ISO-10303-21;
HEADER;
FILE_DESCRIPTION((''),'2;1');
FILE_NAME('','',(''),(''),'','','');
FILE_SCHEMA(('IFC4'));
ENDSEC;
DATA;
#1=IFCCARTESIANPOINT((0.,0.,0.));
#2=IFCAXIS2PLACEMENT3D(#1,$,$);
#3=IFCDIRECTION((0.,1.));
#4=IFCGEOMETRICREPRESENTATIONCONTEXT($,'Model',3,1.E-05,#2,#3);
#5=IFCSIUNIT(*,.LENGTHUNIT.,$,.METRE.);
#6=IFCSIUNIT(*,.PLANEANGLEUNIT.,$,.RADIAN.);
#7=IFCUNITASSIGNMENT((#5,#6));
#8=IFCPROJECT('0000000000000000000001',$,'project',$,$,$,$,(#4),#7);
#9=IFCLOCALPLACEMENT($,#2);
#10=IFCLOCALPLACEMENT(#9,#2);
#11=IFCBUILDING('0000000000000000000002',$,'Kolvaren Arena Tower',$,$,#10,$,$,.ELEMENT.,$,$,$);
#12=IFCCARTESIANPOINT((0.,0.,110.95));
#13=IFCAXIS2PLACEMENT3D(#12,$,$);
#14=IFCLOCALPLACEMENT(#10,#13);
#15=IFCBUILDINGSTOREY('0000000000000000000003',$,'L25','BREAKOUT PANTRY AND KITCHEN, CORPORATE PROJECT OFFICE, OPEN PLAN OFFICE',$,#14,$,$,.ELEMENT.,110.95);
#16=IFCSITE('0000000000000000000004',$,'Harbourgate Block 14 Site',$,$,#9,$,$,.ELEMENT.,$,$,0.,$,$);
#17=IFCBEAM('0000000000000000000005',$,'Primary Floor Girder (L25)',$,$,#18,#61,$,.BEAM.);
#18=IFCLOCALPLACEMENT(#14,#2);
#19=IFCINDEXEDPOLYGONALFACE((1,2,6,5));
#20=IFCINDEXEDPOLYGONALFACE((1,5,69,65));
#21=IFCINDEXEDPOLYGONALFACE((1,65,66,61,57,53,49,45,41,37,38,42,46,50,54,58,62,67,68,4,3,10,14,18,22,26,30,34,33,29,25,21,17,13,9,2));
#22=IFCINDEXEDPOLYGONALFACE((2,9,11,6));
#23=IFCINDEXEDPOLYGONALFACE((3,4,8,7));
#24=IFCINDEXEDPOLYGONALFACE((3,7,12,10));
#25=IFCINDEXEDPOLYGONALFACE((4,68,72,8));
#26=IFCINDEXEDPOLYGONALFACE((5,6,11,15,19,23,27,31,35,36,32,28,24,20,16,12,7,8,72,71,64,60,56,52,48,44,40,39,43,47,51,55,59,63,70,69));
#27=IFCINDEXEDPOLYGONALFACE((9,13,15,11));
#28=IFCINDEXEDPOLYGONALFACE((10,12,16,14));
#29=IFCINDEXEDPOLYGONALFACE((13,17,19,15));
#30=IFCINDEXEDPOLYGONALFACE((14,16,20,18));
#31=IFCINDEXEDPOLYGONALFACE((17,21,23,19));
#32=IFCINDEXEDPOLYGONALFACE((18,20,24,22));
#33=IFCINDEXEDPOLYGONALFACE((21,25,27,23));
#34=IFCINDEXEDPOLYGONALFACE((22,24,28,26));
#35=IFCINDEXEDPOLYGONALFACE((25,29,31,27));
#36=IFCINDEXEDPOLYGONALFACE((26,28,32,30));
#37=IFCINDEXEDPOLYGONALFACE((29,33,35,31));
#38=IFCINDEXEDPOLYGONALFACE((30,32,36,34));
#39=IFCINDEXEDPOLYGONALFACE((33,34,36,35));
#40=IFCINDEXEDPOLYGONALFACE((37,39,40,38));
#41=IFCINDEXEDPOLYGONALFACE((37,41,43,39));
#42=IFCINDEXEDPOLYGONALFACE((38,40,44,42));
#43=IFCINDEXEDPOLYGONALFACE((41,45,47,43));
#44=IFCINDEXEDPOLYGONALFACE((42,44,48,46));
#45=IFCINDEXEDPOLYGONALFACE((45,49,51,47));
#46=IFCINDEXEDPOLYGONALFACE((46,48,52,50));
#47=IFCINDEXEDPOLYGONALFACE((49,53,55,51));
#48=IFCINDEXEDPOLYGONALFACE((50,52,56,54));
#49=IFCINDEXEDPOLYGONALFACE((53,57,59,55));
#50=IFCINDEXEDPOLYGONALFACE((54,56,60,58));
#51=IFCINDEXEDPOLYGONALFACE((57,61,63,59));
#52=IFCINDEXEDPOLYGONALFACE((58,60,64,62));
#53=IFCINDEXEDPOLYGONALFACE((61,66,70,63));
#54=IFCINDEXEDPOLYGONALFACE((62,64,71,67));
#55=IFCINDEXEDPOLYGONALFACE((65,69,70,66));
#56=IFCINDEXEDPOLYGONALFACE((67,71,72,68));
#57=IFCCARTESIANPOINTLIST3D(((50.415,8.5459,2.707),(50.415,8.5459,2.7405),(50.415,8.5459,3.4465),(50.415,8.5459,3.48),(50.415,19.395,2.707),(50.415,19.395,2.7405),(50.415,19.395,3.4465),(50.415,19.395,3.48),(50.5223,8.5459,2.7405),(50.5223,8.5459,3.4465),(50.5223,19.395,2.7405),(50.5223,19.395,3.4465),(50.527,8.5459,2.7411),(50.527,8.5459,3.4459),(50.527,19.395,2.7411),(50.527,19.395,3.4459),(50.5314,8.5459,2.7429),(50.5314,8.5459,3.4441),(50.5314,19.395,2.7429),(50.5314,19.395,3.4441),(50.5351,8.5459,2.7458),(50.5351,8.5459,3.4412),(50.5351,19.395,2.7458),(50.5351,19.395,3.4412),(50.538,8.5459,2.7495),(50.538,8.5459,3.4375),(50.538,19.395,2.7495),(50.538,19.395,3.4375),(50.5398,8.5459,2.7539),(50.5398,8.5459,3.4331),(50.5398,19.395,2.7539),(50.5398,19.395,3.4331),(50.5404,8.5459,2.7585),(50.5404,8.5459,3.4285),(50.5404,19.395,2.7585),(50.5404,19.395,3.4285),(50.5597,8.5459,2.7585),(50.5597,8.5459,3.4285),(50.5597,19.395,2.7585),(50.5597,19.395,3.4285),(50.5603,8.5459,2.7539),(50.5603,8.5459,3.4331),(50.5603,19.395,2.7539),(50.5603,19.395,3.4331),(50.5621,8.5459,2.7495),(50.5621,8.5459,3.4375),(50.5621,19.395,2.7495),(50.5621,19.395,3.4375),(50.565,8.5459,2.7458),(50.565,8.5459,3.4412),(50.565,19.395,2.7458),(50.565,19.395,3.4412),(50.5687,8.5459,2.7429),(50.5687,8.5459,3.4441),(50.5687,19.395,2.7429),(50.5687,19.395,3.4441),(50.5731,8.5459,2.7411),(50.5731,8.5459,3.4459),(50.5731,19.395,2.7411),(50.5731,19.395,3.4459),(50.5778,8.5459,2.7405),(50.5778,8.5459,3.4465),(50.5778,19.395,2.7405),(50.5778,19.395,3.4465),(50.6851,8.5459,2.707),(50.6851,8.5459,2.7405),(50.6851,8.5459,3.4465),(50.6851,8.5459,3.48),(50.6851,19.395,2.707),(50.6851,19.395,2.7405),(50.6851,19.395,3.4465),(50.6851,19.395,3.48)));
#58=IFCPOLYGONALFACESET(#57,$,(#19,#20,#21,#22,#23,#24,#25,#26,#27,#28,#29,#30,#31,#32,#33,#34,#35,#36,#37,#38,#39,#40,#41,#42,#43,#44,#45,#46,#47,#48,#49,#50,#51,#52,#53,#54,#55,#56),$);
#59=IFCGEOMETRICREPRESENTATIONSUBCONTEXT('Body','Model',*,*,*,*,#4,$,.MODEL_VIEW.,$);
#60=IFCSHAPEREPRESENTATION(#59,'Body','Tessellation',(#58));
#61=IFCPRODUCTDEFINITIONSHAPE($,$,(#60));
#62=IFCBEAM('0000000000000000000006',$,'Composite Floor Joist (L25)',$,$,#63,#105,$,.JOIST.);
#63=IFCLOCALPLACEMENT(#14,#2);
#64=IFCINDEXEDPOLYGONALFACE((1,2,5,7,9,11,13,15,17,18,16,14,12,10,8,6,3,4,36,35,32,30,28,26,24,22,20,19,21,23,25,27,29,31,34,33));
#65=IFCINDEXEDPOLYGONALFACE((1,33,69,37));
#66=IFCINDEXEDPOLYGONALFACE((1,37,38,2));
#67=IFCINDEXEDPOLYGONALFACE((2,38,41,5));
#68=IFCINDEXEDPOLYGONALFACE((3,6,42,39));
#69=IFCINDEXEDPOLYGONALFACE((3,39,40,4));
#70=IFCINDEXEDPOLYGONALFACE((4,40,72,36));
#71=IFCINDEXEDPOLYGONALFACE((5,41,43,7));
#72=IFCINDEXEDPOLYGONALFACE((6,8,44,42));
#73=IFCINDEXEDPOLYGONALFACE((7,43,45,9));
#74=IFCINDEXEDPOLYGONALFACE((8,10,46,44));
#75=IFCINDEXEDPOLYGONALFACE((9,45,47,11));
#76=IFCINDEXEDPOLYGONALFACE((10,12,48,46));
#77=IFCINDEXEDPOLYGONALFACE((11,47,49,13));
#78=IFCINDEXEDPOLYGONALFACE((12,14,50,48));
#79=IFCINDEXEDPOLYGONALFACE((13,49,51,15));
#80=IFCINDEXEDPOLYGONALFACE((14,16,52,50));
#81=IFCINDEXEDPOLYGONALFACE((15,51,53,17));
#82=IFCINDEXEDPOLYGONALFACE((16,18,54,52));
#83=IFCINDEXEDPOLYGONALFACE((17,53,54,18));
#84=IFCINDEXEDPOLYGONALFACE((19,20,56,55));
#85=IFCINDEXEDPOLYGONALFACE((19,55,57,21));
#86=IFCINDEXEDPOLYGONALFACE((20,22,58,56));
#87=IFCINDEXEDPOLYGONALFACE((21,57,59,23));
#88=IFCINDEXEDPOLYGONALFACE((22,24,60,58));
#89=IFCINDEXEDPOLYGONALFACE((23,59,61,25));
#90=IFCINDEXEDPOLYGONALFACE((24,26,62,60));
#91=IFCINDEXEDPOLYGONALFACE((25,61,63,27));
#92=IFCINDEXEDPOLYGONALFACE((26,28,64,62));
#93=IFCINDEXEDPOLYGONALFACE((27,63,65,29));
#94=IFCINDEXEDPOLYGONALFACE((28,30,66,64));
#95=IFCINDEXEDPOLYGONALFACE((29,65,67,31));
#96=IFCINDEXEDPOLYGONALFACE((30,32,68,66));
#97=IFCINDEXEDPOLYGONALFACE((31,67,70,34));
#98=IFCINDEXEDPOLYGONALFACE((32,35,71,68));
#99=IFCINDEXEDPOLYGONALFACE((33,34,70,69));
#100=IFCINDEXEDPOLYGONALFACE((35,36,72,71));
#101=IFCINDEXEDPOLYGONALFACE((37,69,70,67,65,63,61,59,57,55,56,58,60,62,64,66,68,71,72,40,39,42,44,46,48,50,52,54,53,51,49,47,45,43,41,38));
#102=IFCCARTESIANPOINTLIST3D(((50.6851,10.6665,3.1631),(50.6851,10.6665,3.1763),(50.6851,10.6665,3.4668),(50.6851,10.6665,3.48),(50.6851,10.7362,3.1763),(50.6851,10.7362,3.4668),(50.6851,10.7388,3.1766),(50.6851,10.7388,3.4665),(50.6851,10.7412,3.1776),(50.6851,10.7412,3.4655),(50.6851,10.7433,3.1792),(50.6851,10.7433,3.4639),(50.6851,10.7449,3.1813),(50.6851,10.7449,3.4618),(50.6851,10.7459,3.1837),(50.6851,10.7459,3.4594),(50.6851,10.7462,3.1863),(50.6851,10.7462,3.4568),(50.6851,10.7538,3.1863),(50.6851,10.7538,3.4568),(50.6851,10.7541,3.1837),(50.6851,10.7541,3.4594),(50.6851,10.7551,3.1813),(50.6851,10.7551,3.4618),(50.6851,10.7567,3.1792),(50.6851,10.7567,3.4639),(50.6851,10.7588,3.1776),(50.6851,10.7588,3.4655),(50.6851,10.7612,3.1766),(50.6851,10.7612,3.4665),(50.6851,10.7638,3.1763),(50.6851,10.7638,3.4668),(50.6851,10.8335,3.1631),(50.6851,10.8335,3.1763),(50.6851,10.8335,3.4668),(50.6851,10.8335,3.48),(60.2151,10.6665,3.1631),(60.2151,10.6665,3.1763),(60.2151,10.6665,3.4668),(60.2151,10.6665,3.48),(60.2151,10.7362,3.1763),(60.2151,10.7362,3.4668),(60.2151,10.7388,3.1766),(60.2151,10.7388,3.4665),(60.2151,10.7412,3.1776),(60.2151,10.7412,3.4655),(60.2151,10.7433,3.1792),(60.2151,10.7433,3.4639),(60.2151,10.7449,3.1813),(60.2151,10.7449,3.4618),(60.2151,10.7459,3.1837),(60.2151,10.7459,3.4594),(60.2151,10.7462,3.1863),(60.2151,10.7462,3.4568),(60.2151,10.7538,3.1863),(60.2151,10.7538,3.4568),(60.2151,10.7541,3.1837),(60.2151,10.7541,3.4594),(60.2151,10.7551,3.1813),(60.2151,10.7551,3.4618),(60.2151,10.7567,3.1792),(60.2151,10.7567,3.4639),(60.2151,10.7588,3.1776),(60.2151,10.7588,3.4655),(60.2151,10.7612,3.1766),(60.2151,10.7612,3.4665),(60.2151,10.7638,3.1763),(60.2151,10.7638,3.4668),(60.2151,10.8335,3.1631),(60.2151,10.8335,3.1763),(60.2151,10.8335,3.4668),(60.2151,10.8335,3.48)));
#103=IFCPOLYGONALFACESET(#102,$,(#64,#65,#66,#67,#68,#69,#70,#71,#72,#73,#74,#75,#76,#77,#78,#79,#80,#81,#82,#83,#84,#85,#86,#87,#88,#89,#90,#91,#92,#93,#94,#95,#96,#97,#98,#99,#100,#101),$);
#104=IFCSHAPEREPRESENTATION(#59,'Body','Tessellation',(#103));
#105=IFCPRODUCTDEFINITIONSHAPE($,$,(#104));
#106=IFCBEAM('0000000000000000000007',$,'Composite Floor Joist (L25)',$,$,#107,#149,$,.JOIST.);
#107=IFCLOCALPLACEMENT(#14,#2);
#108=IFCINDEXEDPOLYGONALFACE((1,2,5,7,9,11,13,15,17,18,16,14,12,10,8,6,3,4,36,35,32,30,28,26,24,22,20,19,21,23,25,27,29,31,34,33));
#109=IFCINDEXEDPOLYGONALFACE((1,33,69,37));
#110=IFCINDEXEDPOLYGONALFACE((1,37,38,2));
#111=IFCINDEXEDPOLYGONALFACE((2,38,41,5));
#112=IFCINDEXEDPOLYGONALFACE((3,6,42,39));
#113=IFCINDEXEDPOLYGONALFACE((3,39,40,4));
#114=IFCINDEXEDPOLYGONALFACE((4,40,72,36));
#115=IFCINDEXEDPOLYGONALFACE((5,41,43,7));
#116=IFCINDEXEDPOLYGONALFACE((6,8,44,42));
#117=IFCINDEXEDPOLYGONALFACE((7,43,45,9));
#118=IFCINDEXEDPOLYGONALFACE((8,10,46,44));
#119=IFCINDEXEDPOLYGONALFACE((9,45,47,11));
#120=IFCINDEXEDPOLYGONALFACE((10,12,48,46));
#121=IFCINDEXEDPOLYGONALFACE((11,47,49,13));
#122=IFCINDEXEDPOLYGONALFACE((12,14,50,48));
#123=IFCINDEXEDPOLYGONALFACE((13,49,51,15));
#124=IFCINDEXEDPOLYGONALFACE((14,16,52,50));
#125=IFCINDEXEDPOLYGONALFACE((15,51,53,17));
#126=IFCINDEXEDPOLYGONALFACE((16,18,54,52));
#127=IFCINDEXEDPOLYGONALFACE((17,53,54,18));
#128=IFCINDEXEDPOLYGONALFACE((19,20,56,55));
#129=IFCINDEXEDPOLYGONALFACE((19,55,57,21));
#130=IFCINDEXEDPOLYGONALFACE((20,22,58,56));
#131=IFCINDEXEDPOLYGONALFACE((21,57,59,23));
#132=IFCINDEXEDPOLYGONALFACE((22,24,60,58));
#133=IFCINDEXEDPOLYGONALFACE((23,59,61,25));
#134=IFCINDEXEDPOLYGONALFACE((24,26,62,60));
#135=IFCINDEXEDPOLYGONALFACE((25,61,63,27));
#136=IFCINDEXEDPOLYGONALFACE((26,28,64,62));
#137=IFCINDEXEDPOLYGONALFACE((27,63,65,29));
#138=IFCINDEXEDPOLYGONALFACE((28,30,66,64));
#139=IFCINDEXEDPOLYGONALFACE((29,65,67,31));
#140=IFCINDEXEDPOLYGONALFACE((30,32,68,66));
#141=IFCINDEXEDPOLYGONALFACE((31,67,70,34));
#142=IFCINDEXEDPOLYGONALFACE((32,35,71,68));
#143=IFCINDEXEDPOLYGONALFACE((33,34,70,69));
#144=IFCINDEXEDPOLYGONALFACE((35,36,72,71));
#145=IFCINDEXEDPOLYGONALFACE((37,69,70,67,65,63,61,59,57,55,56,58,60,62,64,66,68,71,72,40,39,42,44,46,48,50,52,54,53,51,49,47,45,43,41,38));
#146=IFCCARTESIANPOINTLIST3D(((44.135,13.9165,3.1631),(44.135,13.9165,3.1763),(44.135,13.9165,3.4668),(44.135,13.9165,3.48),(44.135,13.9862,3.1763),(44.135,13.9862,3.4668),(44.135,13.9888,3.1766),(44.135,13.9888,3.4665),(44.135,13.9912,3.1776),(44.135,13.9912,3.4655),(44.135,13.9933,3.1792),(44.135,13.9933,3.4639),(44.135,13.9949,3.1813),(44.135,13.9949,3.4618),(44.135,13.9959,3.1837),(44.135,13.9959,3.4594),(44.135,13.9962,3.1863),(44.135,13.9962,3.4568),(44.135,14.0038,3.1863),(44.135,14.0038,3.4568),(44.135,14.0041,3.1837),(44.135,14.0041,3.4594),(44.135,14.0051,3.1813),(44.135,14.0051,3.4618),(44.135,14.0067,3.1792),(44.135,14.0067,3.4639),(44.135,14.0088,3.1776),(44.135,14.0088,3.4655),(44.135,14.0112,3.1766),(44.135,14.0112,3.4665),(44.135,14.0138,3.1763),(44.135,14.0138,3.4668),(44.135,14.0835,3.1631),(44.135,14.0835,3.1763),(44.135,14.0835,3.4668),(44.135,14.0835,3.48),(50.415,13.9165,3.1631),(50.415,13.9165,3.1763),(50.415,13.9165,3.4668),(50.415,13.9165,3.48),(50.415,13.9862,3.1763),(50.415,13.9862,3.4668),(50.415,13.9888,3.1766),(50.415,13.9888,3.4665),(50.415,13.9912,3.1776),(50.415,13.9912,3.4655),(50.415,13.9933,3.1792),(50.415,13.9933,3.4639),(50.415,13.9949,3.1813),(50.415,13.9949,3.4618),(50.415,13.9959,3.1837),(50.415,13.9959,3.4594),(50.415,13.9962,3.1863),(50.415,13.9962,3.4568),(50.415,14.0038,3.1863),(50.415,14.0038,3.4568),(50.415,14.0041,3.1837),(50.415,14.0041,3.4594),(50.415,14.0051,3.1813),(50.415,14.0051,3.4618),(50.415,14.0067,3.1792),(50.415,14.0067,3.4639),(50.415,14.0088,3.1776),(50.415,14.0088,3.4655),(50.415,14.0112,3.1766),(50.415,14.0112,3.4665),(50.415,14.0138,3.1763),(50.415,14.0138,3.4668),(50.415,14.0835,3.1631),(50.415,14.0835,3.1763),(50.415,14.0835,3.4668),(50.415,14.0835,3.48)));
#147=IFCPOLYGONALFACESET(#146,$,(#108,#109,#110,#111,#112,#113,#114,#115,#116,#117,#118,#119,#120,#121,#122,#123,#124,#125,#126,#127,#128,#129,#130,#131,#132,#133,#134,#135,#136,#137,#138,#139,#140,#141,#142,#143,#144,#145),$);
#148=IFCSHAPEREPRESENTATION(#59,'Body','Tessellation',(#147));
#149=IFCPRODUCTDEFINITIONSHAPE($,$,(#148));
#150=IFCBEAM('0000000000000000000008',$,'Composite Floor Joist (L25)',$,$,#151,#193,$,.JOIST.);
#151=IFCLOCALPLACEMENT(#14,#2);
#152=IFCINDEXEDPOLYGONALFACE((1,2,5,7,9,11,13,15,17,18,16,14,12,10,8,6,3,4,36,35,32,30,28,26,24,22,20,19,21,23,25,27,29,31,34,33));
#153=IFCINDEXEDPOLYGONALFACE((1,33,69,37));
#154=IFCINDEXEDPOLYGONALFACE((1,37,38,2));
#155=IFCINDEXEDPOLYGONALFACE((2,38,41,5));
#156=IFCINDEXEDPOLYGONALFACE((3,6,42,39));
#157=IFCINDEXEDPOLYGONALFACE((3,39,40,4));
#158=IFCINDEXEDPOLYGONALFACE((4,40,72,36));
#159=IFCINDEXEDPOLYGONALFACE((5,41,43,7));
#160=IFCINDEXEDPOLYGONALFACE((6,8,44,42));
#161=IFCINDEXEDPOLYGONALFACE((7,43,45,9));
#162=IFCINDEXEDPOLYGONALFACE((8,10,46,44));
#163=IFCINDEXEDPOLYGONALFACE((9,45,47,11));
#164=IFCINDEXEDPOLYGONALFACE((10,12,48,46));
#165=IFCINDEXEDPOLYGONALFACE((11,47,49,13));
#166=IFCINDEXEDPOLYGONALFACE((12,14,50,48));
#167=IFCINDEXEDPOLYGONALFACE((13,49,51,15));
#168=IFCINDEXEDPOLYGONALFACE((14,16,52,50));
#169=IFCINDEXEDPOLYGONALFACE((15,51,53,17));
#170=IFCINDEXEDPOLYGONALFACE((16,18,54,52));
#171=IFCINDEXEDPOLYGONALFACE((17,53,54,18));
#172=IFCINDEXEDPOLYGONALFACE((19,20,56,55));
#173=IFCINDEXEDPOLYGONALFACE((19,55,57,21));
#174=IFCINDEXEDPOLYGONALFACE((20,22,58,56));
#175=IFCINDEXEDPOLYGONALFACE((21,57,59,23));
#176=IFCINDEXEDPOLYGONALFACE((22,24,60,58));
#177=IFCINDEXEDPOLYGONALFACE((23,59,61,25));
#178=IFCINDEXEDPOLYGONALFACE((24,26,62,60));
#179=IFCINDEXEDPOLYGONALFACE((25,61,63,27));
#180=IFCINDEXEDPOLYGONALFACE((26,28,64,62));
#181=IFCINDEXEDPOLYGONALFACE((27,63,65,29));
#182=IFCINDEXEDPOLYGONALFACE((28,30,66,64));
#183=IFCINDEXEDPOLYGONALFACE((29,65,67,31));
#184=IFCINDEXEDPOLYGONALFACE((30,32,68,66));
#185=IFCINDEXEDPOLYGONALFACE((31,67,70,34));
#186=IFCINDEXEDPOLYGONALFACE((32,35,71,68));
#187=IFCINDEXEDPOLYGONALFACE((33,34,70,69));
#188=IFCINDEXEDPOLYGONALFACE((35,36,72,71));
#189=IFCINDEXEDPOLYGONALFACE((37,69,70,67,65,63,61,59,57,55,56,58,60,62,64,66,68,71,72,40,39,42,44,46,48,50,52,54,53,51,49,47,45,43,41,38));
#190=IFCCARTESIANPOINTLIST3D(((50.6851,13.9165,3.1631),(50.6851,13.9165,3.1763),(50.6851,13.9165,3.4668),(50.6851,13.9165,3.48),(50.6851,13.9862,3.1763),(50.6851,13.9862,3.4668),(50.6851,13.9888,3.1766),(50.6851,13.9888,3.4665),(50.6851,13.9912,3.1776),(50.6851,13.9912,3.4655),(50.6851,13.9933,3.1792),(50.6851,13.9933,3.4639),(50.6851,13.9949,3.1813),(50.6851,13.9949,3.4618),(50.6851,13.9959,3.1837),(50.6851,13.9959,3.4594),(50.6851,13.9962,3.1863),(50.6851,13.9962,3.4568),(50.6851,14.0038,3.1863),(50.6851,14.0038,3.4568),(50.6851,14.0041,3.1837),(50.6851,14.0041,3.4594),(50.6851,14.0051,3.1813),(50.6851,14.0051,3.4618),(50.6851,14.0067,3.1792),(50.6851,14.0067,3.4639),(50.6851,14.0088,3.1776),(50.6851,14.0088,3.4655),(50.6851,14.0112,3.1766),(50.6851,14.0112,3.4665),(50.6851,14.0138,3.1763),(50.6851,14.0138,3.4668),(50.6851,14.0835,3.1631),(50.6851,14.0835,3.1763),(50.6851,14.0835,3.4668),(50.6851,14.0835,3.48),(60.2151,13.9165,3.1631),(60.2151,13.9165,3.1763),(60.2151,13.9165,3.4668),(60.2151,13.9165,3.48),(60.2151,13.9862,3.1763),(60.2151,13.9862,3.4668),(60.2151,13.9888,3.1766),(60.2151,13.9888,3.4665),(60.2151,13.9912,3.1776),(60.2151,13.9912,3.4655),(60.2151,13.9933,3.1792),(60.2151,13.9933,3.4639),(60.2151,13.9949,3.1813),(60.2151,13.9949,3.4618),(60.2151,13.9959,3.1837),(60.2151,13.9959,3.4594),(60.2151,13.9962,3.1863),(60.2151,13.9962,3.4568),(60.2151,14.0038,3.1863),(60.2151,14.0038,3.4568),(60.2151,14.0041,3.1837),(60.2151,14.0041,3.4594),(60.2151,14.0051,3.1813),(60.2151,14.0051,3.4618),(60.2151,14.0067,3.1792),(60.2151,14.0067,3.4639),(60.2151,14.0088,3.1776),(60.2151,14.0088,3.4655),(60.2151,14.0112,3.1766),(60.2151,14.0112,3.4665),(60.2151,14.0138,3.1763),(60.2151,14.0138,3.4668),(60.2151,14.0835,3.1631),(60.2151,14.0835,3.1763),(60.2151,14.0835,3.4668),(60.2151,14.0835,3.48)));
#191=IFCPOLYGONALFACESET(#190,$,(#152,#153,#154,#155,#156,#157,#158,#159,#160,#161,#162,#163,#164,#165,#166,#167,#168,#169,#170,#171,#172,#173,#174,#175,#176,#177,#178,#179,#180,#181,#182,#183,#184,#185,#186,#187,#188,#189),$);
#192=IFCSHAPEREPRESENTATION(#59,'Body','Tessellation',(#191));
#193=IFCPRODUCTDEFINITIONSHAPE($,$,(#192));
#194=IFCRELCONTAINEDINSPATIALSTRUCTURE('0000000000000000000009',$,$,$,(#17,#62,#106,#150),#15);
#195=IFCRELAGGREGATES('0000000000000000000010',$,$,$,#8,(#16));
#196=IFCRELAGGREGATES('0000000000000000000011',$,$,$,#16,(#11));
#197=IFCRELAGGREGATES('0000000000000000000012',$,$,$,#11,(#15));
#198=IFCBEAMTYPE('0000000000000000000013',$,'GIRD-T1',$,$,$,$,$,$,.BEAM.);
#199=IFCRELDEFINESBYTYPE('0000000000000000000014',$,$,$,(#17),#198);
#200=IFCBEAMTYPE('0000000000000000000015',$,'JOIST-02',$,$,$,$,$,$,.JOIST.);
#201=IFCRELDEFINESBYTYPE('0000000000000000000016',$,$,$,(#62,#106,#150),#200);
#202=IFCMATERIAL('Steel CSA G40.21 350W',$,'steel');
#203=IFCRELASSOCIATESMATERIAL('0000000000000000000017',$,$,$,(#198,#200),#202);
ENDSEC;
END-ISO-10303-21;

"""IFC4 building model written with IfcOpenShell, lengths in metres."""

from ifc_helpers import new_model, si_unit, direction, frame, origin, origin_2d, place, context, subcontext, project, spatial, i_section, extrude, material, material_profile, profile_set, type_object, element, save


model = new_model("IFC4")

# Units and contexts
model_context = context("Model", 3, precision=1e-05, world=origin(), true_north=direction((0.0, 1.0)))
body_context = subcontext(model_context, "Body", "Model", "MODEL_VIEW")
ifc_project = project(units=[si_unit("LENGTHUNIT", "METRE"), si_unit("PLANEANGLEUNIT", "RADIAN")], contexts=[model_context])

# Site, building, storey
site_placement = place(None, origin())
site = spatial("IfcSite", under=ifc_project, at=site_placement, Name="Harbourgate Block 14 Site", CompositionType="ELEMENT", RefElevation=0.0)
building_placement = place(site_placement, origin())
building = spatial("IfcBuilding", under=site, at=building_placement, Name="Kolvaren Arena Tower", CompositionType="ELEMENT")
storey_placement = place(building_placement, frame((0.0, 0.0, 110.95)))
storey = spatial("IfcBuildingStorey", under=building, at=storey_placement, Name="L25", Description="BREAKOUT PANTRY AND KITCHEN, CORPORATE PROJECT OFFICE, OPEN PLAN OFFICE", CompositionType="ELEMENT", Elevation=110.95)

# Beams
ifc_material_1 = material(Name="Steel CSA G40.21 350W", Category="steel")
ifc_material_profile_1 = material_profile(ifc_material_1, i_section(OverallWidth=0.27, OverallDepth=0.7729, WebThickness=0.0193, FlangeThickness=0.0334, FilletRadius=0.0181, at=origin_2d()), Name="W760x257")
ifc_profile_set_1 = profile_set([ifc_material_profile_1], Name="Steel CSA G40.21 350W")
beam_type_1 = type_object("IfcBeamType", Name="GIRD-T1", PredefinedType="BEAM", material=ifc_profile_set_1)
beam_1_placement = place(storey_placement, frame((50.55, 8.5459, 3.0935), z_axis=(0.0, 1.0, 0.0), x_axis=(-1.0, 0.0, 0.0)))
element("IfcBeam", 1, at=beam_1_placement, inside=storey, type_object=beam_type_1, Name="Primary Floor Girder (L25)", PredefinedType="BEAM", context=body_context, shape_type="SweptSolid", body=[
    extrude(i_section(OverallWidth=0.27, OverallDepth=0.7729, WebThickness=0.0193, FlangeThickness=0.0334, FilletRadius=0.0181, at=origin_2d()), origin(), (0.0, 0.0, 1.0), 10.8491),
])
ifc_material_profile_2 = material_profile(ifc_material_1, i_section(OverallWidth=0.167, OverallDepth=0.3169, WebThickness=0.0076, FlangeThickness=0.0132, FilletRadius=0.01, at=origin_2d()), Name="W310x52")
ifc_profile_set_2 = profile_set([ifc_material_profile_2], Name="Steel CSA G40.21 350W")
beam_type_2 = type_object("IfcBeamType", Name="JOIST-02", PredefinedType="JOIST", material=ifc_profile_set_2)
beam_2_placement = place(storey_placement, frame((50.6851, 10.75, 3.3215), z_axis=(1.0, 0.0, 0.0), x_axis=(0.0, 1.0, 0.0)))
element("IfcBeam", 2, at=beam_2_placement, inside=storey, type_object=beam_type_2, Name="Composite Floor Joist (L25)", PredefinedType="JOIST", context=body_context, shape_type="SweptSolid", body=[
    extrude(i_section(OverallWidth=0.167, OverallDepth=0.3169, WebThickness=0.0076, FlangeThickness=0.0132, FilletRadius=0.01, at=origin_2d()), origin(), (0.0, 0.0, 1.0), 9.53),
])
beam_3_placement = place(storey_placement, frame((44.135, 14.0, 3.3215), z_axis=(1.0, 0.0, 0.0), x_axis=(0.0, 1.0, 0.0)))
element("IfcBeam", 3, at=beam_3_placement, inside=storey, type_object=beam_type_2, Name="Composite Floor Joist (L25)", PredefinedType="JOIST", context=body_context, shape_type="SweptSolid", body=[
    extrude(i_section(OverallWidth=0.167, OverallDepth=0.3169, WebThickness=0.0076, FlangeThickness=0.0132, FilletRadius=0.01, at=origin_2d()), origin(), (0.0, 0.0, 1.0), 6.28),
])
beam_4_placement = place(storey_placement, frame((50.6851, 14.0, 3.3215), z_axis=(1.0, 0.0, 0.0), x_axis=(0.0, 1.0, 0.0)))
element("IfcBeam", 4, at=beam_4_placement, inside=storey, type_object=beam_type_2, Name="Composite Floor Joist (L25)", PredefinedType="JOIST", context=body_context, shape_type="SweptSolid", body=[
    extrude(i_section(OverallWidth=0.167, OverallDepth=0.3169, WebThickness=0.0076, FlangeThickness=0.0132, FilletRadius=0.01, at=origin_2d()), origin(), (0.0, 0.0, 1.0), 9.53),
])

save(model, "model.ifc")
